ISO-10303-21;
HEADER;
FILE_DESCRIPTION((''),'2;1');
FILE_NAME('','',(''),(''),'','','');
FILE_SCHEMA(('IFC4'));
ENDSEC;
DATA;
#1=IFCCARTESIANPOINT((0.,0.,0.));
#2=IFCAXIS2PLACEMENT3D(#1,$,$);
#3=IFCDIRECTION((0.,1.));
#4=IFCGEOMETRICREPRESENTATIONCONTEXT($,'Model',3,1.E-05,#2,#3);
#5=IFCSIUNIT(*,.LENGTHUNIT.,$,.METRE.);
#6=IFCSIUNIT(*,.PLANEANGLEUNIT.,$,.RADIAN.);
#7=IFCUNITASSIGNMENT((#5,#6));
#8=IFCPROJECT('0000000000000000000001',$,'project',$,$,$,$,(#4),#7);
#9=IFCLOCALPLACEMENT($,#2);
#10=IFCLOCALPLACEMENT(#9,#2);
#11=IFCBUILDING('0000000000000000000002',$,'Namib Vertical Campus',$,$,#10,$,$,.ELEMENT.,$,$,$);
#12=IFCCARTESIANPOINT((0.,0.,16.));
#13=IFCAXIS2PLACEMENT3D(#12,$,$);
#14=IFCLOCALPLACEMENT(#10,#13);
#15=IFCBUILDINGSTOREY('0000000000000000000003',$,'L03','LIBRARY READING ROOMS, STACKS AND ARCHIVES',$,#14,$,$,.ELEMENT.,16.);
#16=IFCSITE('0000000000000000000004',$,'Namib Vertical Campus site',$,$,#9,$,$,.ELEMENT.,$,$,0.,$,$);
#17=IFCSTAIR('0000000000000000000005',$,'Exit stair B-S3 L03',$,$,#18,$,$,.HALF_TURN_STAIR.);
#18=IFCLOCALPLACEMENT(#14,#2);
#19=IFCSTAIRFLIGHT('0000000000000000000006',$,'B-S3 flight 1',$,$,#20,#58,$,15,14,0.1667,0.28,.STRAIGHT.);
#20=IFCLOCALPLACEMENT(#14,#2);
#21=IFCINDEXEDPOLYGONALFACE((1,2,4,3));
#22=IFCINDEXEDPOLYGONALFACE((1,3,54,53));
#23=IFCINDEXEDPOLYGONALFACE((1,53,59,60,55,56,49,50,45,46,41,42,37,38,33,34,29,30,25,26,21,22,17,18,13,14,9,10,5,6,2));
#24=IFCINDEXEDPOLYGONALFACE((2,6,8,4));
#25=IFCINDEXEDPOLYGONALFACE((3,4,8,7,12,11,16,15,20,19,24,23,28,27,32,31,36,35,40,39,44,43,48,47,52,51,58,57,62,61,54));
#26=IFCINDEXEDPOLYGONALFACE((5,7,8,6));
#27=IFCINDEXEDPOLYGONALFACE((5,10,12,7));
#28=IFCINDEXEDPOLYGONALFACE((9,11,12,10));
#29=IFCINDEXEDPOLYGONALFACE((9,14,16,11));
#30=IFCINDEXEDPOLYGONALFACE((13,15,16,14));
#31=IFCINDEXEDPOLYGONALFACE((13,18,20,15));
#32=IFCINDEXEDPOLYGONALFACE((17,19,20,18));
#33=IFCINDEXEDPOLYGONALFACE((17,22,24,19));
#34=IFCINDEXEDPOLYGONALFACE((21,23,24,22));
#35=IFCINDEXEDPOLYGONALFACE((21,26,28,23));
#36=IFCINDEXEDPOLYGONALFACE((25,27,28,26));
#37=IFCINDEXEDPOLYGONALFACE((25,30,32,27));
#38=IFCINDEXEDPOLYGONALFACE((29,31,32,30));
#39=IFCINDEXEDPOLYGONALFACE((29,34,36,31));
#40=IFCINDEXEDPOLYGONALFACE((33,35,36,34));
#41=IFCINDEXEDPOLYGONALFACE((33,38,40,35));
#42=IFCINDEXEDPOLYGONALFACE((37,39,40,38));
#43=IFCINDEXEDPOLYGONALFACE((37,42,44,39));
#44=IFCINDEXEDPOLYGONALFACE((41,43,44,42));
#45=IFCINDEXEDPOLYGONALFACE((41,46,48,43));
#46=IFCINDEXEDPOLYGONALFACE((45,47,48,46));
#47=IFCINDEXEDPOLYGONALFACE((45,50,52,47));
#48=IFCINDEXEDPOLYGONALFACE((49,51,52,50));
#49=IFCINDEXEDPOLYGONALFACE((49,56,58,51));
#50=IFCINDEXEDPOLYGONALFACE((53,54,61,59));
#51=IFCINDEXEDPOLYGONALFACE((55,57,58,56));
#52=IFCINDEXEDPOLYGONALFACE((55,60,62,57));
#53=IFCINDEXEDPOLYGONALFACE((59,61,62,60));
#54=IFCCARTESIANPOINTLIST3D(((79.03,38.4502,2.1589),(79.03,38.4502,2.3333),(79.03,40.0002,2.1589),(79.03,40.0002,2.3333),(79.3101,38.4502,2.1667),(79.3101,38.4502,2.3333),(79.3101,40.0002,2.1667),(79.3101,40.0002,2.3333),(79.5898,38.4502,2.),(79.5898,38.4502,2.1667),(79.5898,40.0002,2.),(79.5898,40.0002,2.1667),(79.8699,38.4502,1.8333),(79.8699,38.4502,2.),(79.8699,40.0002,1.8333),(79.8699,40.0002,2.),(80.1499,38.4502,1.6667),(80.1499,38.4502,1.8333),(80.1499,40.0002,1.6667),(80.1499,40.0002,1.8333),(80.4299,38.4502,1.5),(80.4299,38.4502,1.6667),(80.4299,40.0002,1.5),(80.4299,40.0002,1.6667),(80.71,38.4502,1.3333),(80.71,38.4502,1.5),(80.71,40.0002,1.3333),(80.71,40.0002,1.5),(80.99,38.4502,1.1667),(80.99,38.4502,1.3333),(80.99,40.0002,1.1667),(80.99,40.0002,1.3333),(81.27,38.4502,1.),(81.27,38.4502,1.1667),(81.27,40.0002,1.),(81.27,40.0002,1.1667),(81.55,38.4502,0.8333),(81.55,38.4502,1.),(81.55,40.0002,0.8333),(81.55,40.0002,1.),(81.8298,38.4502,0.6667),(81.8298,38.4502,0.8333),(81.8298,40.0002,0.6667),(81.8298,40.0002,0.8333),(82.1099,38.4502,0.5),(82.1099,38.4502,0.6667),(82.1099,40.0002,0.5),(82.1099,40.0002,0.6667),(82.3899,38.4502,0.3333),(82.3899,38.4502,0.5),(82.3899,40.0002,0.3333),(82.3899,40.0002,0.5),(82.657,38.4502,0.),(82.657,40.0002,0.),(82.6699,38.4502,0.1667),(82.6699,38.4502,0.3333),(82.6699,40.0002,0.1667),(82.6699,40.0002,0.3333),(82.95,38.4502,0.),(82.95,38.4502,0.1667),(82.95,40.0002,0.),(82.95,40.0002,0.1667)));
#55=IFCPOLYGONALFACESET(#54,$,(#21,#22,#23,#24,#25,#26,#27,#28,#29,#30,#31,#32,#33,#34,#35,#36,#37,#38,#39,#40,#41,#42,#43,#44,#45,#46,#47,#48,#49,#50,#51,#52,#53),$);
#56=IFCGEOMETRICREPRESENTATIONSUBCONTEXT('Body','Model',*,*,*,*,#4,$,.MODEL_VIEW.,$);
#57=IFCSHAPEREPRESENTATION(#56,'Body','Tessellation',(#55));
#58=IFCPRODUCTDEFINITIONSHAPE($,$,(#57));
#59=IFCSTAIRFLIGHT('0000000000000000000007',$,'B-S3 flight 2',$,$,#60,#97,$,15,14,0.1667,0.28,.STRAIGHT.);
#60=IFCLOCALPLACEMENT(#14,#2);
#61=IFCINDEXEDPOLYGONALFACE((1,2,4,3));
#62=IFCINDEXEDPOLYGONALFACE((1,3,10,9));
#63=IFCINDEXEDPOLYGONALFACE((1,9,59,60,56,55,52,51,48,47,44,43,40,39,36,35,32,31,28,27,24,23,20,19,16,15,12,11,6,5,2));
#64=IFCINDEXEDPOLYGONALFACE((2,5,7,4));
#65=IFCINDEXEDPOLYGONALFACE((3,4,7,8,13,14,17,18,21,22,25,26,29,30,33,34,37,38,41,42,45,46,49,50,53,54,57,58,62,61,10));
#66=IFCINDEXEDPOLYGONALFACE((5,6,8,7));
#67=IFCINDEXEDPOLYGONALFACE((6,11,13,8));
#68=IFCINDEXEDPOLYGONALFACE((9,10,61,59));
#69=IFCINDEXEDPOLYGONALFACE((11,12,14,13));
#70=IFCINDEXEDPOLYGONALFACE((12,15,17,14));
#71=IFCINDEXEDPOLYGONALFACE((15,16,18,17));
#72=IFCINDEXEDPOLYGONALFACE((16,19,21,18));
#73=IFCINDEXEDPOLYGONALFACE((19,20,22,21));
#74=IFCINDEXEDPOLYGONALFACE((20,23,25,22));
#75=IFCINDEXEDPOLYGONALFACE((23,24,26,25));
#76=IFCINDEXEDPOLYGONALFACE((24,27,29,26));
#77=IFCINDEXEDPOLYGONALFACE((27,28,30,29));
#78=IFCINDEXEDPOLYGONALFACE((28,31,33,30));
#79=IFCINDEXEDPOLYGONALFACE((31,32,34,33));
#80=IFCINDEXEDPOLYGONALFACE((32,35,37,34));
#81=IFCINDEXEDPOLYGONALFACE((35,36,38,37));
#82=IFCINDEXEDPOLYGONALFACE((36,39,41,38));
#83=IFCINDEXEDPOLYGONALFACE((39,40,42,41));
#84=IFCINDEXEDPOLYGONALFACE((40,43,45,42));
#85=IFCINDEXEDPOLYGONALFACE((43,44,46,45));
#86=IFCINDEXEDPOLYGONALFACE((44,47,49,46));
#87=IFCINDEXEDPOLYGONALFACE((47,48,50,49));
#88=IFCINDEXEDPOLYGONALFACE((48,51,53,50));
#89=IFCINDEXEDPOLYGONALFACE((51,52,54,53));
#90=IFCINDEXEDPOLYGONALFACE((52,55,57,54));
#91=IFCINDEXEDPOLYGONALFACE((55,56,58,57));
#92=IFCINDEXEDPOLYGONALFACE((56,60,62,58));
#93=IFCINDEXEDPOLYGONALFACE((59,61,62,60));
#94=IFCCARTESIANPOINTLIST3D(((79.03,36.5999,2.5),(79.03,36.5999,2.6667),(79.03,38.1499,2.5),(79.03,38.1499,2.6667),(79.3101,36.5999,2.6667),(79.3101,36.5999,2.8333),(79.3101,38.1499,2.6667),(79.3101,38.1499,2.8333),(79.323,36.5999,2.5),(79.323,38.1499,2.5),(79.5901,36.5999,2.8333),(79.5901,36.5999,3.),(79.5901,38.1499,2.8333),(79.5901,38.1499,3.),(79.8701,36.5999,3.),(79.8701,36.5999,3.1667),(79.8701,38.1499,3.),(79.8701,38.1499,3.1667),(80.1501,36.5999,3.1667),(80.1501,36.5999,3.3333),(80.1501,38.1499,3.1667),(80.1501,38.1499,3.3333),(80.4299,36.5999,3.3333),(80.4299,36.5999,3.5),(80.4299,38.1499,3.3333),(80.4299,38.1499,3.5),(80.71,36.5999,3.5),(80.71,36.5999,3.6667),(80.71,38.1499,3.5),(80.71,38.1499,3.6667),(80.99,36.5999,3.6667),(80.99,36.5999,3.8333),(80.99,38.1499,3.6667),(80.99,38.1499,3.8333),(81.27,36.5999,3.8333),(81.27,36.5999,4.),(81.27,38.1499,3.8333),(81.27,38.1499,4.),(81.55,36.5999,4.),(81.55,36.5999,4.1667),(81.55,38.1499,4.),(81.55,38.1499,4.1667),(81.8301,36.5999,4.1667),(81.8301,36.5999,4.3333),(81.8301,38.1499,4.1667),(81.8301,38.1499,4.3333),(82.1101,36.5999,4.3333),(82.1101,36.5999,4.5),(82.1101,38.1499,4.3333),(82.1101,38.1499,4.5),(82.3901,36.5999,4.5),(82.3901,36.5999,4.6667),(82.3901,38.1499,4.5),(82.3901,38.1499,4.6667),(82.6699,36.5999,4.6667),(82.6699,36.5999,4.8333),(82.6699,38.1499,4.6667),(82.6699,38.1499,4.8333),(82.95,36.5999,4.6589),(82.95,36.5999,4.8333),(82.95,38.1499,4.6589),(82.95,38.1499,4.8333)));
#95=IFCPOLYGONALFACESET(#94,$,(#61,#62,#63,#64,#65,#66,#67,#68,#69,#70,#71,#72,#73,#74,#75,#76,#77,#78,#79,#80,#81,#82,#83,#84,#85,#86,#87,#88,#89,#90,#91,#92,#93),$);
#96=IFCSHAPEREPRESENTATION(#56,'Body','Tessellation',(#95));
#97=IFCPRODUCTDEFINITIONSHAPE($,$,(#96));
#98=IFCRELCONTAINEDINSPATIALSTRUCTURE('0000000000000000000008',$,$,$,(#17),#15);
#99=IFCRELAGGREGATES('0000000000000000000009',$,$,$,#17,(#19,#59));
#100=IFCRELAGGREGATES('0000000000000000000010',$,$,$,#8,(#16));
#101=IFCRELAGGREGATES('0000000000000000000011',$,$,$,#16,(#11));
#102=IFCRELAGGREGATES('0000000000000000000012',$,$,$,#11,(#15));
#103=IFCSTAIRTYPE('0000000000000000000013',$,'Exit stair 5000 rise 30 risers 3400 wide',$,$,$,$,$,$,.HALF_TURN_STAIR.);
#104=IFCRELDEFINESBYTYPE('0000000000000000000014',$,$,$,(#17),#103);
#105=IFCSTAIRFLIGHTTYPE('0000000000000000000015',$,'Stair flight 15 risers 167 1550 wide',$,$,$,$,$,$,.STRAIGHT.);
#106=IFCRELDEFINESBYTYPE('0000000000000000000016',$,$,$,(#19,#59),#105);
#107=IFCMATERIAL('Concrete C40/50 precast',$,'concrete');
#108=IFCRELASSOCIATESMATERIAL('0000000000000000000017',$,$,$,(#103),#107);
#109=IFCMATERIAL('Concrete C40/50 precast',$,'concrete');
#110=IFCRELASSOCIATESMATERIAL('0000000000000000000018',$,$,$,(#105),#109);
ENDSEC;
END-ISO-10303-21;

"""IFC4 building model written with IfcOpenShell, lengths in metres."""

from ifc_helpers import new_model, si_unit, direction, frame, origin, place, context, subcontext, project, spatial, polyline, outline, extrude, material, type_object, element, aggregate, save


model = new_model("IFC4")

# Units and contexts
model_context = context("Model", 3, precision=1e-05, world=origin(), true_north=direction((0.0, 1.0)))
body_context = subcontext(model_context, "Body", "Model", "MODEL_VIEW")
ifc_project = project(units=[si_unit("LENGTHUNIT", "METRE"), si_unit("PLANEANGLEUNIT", "RADIAN")], contexts=[model_context])

# Site, building, storey
site_placement = place(None, origin())
site = spatial("IfcSite", under=ifc_project, at=site_placement, Name="Namib Vertical Campus site", CompositionType="ELEMENT", RefElevation=0.0)
building_placement = place(site_placement, origin())
building = spatial("IfcBuilding", under=site, at=building_placement, Name="Namib Vertical Campus", CompositionType="ELEMENT")
storey_placement = place(building_placement, frame((0.0, 0.0, 16.0)))
storey = spatial("IfcBuildingStorey", under=building, at=storey_placement, Name="L03", Description="LIBRARY READING ROOMS, STACKS AND ARCHIVES", CompositionType="ELEMENT", Elevation=16.0)

# Stair, stair flights
ifc_material_1 = material(Name="Concrete C40/50 precast", Category="concrete")
stair_type = type_object("IfcStairType", Name="Exit stair 5000 rise 30 risers 3400 wide", PredefinedType="HALF_TURN_STAIR", material=ifc_material_1)
stair_placement = place(storey_placement, origin())
stair = element("IfcStair", 1, at=stair_placement, inside=storey, type_object=stair_type, Name="Exit stair B-S3 L03", PredefinedType="HALF_TURN_STAIR")
ifc_material_2 = material(Name="Concrete C40/50 precast", Category="concrete")
stair_flight_type = type_object("IfcStairFlightType", Name="Stair flight 15 risers 167 1550 wide", PredefinedType="STRAIGHT", material=ifc_material_2)
stair_flight_1_placement = place(storey_placement, frame((82.95, 39.2251, 0.0), z_axis=(0.0, 0.0, 1.0), x_axis=(-1.0, 0.0, 0.0)))
stair_flight_1 = element("IfcStairFlight", 2, at=stair_flight_1_placement, type_object=stair_flight_type, Name="B-S3 flight 1", NumberOfRisers=15, NumberOfTreads=14, PredefinedType="STRAIGHT", RiserHeight=0.1667, TreadLength=0.28, context=body_context, shape_type="SweptSolid", body=[
    extrude(outline(polyline([(0.0, 0.0), (0.0, 0.1667), (0.28, 0.1667), (0.28, 0.3333), (0.5601, 0.3333), (0.5601, 0.5), (0.8401, 0.5), (0.8401, 0.6667), (1.1201, 0.6667), (1.1201, 0.8333), (1.3999, 0.8333), (1.3999, 1.0), (1.6799, 1.0), (1.6799, 1.1667), (1.96, 1.1667), (1.96, 1.3333), (2.24, 1.3333), (2.24, 1.5), (2.52, 1.5), (2.52, 1.6667), (2.8, 1.6667), (2.8, 1.8333), (3.0801, 1.8333), (3.0801, 2.0), (3.3601, 2.0), (3.3601, 2.1667), (3.6399, 2.1667), (3.6399, 2.3333), (3.9199, 2.3333), (3.9199, 2.5), (3.9199, 2.1589), (0.293, 0.0), (0.0, 0.0)])), frame((0.0, 0.7749, 0.0), z_axis=(0.0, -1.0, 0.0), x_axis=(1.0, 0.0, 0.0)), (0.0, 0.0, 1.0), 1.55),
])
stair_flight_2_placement = place(storey_placement, frame((79.03, 37.375, 2.5), z_axis=(0.0, 0.0, 1.0), x_axis=(1.0, 0.0, 0.0)))
stair_flight_2 = element("IfcStairFlight", 3, at=stair_flight_2_placement, type_object=stair_flight_type, Name="B-S3 flight 2", NumberOfRisers=15, NumberOfTreads=14, PredefinedType="STRAIGHT", RiserHeight=0.1667, TreadLength=0.28, context=body_context, shape_type="SweptSolid", body=[
    extrude(outline(polyline([(0.0, 0.0), (0.0, 0.1667), (0.28, 0.1667), (0.28, 0.3333), (0.5601, 0.3333), (0.5601, 0.5), (0.8401, 0.5), (0.8401, 0.6667), (1.1201, 0.6667), (1.1201, 0.8333), (1.3999, 0.8333), (1.3999, 1.0), (1.6799, 1.0), (1.6799, 1.1667), (1.96, 1.1667), (1.96, 1.3333), (2.24, 1.3333), (2.24, 1.5), (2.52, 1.5), (2.52, 1.6667), (2.8, 1.6667), (2.8, 1.8333), (3.0801, 1.8333), (3.0801, 2.0), (3.3601, 2.0), (3.3601, 2.1667), (3.6399, 2.1667), (3.6399, 2.3333), (3.9199, 2.3333), (3.9199, 2.5), (3.9199, 2.1589), (0.293, 0.0), (0.0, 0.0)])), frame((0.0, 0.7749, 0.0), z_axis=(0.0, -1.0, 0.0), x_axis=(1.0, 0.0, 0.0)), (0.0, 0.0, 1.0), 1.55),
])
aggregate(stair, [stair_flight_1, stair_flight_2])

save(model, "model.ifc")
